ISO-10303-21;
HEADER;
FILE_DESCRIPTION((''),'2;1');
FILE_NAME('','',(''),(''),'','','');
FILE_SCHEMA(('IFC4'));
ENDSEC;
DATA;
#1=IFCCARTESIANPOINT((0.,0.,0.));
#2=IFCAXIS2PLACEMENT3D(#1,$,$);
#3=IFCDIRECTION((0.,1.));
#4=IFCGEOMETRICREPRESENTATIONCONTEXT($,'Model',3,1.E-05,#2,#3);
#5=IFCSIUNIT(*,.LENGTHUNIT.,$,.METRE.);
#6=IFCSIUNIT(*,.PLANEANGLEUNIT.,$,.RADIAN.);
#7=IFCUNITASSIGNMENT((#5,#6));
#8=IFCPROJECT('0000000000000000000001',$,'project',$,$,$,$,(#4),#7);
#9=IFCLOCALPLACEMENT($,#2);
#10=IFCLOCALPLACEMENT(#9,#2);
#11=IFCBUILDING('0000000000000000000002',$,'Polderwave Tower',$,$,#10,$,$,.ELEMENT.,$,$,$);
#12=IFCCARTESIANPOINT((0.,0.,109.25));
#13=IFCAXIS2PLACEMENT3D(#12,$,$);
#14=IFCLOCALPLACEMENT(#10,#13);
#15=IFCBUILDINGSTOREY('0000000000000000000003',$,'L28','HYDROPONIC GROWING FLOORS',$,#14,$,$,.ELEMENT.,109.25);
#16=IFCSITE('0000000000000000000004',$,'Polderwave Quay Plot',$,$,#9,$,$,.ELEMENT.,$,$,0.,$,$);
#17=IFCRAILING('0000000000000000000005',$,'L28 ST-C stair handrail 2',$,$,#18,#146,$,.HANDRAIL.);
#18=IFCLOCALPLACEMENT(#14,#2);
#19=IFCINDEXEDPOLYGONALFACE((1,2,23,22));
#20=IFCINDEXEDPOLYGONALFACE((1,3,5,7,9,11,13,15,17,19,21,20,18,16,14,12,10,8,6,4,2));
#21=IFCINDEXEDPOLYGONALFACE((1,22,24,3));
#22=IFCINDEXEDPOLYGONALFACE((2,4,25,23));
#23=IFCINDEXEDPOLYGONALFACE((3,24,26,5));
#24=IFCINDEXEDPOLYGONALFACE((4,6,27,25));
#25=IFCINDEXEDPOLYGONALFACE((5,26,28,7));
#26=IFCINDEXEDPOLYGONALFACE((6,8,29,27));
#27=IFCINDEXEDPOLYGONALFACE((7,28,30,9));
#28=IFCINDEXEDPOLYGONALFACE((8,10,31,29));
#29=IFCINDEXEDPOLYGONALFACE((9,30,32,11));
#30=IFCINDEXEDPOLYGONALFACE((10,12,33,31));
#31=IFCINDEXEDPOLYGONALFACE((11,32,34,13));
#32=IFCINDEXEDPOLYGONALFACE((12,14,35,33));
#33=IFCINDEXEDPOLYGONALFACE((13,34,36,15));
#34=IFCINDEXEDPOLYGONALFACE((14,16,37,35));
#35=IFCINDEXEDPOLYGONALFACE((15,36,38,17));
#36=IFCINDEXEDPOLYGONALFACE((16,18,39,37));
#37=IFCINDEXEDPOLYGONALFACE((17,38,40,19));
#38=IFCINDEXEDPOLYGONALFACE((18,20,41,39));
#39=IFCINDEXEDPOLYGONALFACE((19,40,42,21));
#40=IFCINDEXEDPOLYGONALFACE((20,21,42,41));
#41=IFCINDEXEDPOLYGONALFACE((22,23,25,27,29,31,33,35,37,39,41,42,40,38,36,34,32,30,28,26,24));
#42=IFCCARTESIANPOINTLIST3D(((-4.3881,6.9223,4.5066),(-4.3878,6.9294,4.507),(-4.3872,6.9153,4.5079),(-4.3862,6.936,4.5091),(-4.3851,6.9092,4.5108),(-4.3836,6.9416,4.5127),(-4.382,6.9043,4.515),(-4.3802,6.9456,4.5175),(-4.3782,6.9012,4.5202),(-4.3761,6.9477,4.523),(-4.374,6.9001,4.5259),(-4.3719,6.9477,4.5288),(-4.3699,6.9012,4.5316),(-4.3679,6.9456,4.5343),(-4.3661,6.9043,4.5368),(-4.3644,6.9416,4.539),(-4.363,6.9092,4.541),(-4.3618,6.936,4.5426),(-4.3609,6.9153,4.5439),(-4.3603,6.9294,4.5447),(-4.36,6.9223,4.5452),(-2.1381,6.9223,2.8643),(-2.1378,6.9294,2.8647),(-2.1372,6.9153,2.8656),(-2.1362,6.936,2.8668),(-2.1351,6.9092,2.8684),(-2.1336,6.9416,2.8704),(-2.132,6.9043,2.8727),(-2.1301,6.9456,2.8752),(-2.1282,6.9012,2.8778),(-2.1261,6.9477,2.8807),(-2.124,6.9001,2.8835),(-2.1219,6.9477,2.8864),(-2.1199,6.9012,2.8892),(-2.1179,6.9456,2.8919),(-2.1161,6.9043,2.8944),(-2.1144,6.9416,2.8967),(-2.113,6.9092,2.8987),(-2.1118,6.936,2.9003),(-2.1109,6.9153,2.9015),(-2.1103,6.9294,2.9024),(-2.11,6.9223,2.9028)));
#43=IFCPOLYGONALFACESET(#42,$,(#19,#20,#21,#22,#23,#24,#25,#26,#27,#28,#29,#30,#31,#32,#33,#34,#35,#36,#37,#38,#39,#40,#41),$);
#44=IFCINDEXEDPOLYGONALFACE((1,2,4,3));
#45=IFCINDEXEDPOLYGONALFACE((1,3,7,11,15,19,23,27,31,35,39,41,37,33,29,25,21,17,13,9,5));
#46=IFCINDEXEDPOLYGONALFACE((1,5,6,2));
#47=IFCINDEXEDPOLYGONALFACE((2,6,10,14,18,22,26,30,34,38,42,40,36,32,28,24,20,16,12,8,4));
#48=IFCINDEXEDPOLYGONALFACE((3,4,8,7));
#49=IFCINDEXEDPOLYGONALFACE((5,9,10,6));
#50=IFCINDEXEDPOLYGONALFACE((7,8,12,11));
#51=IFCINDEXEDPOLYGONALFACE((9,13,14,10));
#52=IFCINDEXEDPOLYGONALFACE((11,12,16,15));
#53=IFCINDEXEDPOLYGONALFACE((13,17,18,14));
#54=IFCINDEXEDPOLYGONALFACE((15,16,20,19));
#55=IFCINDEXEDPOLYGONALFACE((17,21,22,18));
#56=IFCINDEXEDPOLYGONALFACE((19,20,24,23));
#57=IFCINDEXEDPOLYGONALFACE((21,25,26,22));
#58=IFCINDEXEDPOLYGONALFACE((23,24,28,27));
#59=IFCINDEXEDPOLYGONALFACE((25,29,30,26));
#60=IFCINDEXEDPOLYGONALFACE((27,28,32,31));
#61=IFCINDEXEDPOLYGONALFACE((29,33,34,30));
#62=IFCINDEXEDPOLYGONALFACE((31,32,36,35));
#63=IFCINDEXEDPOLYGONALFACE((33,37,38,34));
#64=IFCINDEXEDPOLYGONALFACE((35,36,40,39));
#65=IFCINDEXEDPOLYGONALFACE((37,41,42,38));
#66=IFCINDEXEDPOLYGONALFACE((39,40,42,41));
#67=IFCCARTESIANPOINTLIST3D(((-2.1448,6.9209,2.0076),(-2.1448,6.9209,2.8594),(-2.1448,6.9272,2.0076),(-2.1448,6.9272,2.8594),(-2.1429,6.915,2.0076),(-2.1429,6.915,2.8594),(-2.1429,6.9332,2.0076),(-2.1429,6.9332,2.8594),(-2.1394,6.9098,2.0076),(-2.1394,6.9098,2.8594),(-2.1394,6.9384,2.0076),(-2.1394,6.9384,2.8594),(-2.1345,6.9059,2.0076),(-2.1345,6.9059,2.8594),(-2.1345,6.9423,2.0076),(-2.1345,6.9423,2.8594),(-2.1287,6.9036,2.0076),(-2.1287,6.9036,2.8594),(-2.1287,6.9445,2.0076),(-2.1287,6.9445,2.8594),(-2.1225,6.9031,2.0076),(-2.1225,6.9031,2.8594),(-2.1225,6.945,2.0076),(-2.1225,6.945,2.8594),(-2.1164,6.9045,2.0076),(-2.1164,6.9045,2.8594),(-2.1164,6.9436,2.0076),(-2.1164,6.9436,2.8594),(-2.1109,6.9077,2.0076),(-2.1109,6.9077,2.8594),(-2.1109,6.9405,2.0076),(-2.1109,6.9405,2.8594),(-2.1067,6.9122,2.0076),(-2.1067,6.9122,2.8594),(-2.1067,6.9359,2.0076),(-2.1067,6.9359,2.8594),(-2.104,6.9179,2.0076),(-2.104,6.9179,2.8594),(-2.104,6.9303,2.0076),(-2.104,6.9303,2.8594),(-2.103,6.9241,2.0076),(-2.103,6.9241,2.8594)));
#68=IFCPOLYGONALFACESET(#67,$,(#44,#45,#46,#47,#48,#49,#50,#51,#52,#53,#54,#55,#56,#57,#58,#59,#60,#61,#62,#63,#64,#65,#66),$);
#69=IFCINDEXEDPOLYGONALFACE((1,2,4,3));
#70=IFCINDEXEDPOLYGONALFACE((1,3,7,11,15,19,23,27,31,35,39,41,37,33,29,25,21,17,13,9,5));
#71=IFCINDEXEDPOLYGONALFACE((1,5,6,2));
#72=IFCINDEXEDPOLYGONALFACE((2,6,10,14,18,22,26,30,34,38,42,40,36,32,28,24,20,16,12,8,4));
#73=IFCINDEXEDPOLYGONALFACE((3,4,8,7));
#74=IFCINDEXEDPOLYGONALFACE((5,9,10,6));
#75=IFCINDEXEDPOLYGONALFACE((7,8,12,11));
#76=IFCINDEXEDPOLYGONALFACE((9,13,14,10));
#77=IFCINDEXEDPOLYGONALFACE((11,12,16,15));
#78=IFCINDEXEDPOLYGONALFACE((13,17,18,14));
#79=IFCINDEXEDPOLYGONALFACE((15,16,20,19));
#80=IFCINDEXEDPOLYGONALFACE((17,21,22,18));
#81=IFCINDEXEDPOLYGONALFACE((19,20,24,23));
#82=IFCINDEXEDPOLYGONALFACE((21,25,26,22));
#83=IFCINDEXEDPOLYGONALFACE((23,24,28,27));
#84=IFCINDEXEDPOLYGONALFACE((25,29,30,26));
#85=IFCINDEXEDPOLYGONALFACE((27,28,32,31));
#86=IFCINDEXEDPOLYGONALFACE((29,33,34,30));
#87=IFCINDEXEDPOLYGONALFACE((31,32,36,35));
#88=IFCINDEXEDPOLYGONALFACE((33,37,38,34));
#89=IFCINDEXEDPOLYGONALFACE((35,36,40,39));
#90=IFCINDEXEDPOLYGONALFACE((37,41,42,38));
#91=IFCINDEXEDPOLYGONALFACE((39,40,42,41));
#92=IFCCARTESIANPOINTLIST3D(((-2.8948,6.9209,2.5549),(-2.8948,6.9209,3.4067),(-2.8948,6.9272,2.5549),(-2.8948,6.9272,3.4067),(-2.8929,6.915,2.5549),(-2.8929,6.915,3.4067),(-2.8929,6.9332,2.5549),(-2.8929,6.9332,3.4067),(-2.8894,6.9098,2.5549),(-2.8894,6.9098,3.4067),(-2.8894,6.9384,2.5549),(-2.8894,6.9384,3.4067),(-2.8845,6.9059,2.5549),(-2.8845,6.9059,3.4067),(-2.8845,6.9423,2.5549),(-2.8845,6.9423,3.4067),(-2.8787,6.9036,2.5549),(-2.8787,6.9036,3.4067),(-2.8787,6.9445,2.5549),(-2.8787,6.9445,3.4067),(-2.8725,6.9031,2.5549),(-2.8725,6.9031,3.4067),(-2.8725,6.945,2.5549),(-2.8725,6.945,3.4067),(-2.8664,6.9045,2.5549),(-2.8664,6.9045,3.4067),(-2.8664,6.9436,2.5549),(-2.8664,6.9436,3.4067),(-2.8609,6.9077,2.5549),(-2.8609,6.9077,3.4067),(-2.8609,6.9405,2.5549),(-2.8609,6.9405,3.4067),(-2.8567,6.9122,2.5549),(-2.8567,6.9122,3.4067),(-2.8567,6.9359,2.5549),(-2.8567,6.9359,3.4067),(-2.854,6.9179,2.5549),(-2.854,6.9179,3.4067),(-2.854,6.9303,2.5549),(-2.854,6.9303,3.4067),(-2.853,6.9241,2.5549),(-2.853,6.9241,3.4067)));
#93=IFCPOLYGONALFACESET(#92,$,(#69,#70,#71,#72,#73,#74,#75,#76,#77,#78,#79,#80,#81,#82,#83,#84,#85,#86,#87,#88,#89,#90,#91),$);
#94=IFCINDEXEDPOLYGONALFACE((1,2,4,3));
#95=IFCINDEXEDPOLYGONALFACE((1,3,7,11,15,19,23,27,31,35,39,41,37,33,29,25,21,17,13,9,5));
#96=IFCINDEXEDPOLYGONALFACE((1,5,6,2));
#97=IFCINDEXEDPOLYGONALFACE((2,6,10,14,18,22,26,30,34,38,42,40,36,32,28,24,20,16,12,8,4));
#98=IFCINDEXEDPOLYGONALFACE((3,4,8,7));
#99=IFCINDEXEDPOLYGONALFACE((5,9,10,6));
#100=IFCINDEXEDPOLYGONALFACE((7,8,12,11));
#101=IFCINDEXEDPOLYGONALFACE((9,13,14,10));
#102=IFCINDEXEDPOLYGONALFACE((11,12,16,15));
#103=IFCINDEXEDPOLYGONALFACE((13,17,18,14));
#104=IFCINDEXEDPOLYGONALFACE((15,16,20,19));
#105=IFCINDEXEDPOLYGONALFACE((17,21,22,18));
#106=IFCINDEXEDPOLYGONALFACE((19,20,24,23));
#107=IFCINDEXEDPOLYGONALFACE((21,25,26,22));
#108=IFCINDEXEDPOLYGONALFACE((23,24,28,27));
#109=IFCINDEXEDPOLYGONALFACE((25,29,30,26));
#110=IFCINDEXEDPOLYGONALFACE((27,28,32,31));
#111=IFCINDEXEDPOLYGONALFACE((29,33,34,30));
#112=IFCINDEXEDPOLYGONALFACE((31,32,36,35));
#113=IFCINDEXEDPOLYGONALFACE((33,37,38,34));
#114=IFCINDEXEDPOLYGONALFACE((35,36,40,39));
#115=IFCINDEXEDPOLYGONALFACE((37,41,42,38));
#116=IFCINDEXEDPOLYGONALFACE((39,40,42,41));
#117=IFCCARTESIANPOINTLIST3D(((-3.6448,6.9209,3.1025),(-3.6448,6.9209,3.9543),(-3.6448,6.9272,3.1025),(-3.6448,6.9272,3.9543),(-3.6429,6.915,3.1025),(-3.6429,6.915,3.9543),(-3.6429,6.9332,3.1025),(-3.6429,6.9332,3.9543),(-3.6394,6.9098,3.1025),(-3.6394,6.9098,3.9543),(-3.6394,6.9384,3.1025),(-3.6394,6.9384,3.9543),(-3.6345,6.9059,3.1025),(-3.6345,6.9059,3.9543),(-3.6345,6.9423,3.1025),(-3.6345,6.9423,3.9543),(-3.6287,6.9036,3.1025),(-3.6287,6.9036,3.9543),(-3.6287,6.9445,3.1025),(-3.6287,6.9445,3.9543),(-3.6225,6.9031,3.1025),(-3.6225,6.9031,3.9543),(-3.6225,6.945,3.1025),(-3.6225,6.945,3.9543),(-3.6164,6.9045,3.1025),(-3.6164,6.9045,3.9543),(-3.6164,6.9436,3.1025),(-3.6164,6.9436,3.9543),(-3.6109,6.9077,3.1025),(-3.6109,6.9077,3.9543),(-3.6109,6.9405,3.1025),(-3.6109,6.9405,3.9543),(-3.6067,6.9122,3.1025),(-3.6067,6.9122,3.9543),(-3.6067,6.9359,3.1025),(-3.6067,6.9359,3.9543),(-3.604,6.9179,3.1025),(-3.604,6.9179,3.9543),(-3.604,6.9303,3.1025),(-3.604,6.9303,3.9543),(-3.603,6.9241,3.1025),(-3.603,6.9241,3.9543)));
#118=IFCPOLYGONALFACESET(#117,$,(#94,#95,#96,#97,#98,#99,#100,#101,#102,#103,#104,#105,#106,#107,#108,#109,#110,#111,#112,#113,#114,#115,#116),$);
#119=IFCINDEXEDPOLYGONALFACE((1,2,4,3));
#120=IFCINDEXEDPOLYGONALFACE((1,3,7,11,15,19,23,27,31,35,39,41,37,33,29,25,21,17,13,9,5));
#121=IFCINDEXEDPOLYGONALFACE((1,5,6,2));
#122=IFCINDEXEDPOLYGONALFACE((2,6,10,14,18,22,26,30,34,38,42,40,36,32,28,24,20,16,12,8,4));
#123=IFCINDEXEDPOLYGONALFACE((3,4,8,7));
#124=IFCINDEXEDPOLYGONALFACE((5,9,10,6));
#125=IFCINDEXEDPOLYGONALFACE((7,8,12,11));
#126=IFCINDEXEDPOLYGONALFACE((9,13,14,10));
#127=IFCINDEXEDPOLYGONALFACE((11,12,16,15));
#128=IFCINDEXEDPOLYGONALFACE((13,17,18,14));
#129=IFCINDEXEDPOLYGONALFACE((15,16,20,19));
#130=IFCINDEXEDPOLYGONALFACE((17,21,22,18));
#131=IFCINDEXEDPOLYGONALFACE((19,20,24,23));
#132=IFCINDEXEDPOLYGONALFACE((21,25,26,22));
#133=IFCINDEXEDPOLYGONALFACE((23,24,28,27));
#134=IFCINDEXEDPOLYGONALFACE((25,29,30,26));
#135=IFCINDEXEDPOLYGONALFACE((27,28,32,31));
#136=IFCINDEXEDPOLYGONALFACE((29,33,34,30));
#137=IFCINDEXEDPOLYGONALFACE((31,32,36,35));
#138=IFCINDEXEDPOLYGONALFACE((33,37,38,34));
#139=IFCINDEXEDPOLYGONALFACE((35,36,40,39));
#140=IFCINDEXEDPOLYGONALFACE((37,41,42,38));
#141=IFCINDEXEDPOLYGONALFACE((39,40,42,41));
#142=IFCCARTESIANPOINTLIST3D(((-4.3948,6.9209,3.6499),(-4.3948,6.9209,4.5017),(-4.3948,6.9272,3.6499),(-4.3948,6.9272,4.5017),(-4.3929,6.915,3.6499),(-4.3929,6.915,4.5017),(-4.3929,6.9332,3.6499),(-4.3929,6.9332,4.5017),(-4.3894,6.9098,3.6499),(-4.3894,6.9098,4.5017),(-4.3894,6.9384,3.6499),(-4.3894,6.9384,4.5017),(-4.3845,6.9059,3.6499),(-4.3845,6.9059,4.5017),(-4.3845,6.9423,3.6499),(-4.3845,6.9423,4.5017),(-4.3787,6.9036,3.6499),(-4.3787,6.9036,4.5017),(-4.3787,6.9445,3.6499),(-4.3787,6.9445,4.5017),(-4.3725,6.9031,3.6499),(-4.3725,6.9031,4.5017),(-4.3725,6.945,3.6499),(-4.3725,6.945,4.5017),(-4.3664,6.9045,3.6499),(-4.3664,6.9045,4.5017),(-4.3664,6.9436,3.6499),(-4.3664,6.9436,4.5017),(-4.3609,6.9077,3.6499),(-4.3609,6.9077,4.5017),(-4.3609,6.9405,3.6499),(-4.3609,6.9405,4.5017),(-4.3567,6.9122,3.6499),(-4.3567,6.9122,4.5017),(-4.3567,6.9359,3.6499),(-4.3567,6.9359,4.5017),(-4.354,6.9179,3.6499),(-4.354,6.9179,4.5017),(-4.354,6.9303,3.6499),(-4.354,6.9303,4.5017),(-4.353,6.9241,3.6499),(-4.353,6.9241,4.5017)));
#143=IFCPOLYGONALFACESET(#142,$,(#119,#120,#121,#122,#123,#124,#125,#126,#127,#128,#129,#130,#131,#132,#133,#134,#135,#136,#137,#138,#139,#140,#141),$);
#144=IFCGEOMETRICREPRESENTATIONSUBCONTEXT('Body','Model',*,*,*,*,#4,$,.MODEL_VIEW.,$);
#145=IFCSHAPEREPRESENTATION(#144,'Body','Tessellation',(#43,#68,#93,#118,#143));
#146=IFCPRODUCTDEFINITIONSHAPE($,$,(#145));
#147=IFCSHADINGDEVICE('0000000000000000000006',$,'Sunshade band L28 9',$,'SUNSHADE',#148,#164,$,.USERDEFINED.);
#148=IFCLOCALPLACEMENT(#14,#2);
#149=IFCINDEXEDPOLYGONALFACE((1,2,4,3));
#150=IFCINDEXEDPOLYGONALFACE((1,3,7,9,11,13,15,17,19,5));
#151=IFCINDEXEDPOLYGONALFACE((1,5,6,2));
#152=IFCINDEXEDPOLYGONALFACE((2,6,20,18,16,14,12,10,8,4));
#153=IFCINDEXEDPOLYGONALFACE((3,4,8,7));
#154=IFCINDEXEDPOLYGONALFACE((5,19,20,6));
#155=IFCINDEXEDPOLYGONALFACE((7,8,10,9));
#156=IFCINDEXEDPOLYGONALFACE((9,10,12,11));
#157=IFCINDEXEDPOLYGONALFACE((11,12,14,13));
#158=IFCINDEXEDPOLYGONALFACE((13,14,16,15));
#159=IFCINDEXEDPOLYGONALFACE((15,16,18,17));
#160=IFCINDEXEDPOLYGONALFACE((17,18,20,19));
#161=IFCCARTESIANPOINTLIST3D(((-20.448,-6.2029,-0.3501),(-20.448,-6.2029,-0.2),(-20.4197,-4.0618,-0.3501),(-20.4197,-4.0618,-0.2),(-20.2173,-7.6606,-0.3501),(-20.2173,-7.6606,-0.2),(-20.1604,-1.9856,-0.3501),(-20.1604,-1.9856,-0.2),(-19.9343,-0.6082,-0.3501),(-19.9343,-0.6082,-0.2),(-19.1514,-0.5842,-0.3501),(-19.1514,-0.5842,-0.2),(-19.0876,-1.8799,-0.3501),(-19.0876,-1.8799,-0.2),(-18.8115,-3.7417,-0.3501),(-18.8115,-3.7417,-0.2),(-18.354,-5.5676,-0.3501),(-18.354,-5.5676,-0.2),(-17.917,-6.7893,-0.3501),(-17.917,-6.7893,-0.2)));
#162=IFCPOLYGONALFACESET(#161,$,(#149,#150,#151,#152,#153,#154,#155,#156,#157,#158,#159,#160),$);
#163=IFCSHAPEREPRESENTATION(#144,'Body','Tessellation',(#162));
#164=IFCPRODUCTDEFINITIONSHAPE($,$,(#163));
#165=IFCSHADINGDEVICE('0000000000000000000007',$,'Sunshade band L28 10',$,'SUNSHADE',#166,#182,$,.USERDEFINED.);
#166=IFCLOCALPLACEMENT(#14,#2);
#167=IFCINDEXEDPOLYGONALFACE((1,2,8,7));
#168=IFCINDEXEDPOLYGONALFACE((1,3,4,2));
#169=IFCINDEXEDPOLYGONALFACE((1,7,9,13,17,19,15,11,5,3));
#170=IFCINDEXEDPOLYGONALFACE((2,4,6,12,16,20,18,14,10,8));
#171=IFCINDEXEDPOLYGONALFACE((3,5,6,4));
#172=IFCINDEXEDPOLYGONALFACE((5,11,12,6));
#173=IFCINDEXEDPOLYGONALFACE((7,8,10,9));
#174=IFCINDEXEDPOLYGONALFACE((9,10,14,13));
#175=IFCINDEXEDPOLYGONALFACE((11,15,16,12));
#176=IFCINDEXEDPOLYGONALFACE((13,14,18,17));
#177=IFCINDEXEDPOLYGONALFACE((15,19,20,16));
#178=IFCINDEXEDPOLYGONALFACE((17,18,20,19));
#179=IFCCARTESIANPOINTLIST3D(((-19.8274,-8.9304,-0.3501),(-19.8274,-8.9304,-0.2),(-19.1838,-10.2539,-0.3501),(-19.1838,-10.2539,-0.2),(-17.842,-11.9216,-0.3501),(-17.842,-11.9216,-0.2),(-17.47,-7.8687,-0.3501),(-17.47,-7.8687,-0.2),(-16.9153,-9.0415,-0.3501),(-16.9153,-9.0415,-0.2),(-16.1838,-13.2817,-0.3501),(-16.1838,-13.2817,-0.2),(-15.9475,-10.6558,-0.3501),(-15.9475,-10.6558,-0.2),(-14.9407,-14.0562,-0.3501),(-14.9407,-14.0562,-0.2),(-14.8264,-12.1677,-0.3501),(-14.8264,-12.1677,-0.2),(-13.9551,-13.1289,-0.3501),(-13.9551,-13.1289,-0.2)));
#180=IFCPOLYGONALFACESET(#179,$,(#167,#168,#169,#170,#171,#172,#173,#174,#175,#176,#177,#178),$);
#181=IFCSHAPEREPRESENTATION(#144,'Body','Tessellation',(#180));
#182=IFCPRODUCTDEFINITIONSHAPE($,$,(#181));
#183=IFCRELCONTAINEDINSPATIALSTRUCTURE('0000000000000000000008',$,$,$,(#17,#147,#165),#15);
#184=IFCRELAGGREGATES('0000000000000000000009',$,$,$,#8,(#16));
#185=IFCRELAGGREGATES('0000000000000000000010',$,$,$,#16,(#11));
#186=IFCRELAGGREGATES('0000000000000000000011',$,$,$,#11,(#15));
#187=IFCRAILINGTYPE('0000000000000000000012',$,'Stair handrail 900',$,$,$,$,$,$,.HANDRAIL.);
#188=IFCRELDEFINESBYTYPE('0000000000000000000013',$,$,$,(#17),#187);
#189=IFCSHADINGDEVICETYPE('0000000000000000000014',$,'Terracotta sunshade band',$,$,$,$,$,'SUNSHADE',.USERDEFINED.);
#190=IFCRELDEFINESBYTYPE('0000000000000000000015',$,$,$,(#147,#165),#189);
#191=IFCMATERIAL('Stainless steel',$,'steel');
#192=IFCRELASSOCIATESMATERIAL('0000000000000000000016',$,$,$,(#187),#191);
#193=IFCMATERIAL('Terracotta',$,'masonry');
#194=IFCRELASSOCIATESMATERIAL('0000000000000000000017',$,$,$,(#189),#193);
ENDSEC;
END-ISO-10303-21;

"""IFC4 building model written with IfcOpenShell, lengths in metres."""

from ifc_helpers import new_model, si_unit, direction, frame, origin, origin_2d, place, context, subcontext, project, spatial, polyline, circle, outline, extrude, material, type_object, element, save


model = new_model("IFC4")

# Units and contexts
model_context = context("Model", 3, precision=1e-05, world=origin(), true_north=direction((0.0, 1.0)))
body_context = subcontext(model_context, "Body", "Model", "MODEL_VIEW")
ifc_project = project(units=[si_unit("LENGTHUNIT", "METRE"), si_unit("PLANEANGLEUNIT", "RADIAN")], contexts=[model_context])

# Site, building, storey
site_placement = place(None, origin())
site = spatial("IfcSite", under=ifc_project, at=site_placement, Name="Polderwave Quay Plot", CompositionType="ELEMENT", RefElevation=0.0)
building_placement = place(site_placement, origin())
building = spatial("IfcBuilding", under=site, at=building_placement, Name="Polderwave Tower", CompositionType="ELEMENT")
storey_placement = place(building_placement, frame((0.0, 0.0, 109.25)))
storey = spatial("IfcBuildingStorey", under=building, at=storey_placement, Name="L28", Description="HYDROPONIC GROWING FLOORS", CompositionType="ELEMENT", Elevation=109.25)

# Railing
ifc_material_1 = material(Name="Stainless steel", Category="steel")
railing_type_1 = type_object("IfcRailingType", Name="Stair handrail 900", PredefinedType="HANDRAIL", material=ifc_material_1)
railing_1_placement = place(storey_placement, frame((-2.124, 6.9241, 2.0076)))
element("IfcRailing", 1, at=railing_1_placement, inside=storey, type_object=railing_type_1, Name="L28 ST-C stair handrail 2", PredefinedType="HANDRAIL", context=body_context, shape_type="SweptSolid", body=[
    extrude(circle(Radius=0.0239, at=origin_2d()), frame((0.0, 0.0, 0.876), z_axis=(-0.807715, 0.0, 0.589573), x_axis=(0.0, -1.0, 0.0)), (0.0, 0.0, 1.0), 2.7856),
    extrude(circle(Radius=0.021, at=origin_2d()), origin(), (0.0, 0.0, 1.0), 0.8518),
    extrude(circle(Radius=0.021, at=origin_2d()), frame((-0.75, 0.0, 0.5474)), (0.0, 0.0, 1.0), 0.8518),
    extrude(circle(Radius=0.021, at=origin_2d()), frame((-1.5, 0.0, 1.095)), (0.0, 0.0, 1.0), 0.8518),
    extrude(circle(Radius=0.021, at=origin_2d()), frame((-2.25, 0.0, 1.6423)), (0.0, 0.0, 1.0), 0.8518),
])

# Shading devices
ifc_material_2 = material(Name="Terracotta", Category="masonry")
shading_device_type = type_object("IfcShadingDeviceType", Name="Terracotta sunshade band", ElementType="SUNSHADE", PredefinedType="USERDEFINED", material=ifc_material_2)
shading_device_1_placement = place(storey_placement, frame((0.0, 0.0, -0.3501)))
element("IfcShadingDevice", 2, at=shading_device_1_placement, inside=storey, type_object=shading_device_type, Name="Sunshade band L28 9", ObjectType="SUNSHADE", PredefinedType="USERDEFINED", context=body_context, shape_type="SweptSolid", body=[
    extrude(outline(polyline([(-19.1514, -0.5842), (-19.0876, -1.8799), (-18.8115, -3.7417), (-18.354, -5.5676), (-17.917, -6.7893), (-20.2173, -7.6606), (-20.448, -6.2029), (-20.4197, -4.0618), (-20.1604, -1.9856), (-19.9343, -0.6082), (-19.1514, -0.5842)])), origin(), (0.0, 0.0, 1.0), 0.1501),
])
shading_device_2_placement = place(storey_placement, frame((0.0, 0.0, -0.3501)))
element("IfcShadingDevice", 3, at=shading_device_2_placement, inside=storey, type_object=shading_device_type, Name="Sunshade band L28 10", ObjectType="SUNSHADE", PredefinedType="USERDEFINED", context=body_context, shape_type="SweptSolid", body=[
    extrude(outline(polyline([(-17.47, -7.8687), (-16.9153, -9.0415), (-15.9475, -10.6558), (-14.8264, -12.1677), (-13.9551, -13.1289), (-14.9407, -14.0562), (-16.1838, -13.2817), (-17.842, -11.9216), (-19.1838, -10.2539), (-19.8274, -8.9304), (-17.47, -7.8687)])), origin(), (0.0, 0.0, 1.0), 0.1501),
])

save(model, "model.ifc")
